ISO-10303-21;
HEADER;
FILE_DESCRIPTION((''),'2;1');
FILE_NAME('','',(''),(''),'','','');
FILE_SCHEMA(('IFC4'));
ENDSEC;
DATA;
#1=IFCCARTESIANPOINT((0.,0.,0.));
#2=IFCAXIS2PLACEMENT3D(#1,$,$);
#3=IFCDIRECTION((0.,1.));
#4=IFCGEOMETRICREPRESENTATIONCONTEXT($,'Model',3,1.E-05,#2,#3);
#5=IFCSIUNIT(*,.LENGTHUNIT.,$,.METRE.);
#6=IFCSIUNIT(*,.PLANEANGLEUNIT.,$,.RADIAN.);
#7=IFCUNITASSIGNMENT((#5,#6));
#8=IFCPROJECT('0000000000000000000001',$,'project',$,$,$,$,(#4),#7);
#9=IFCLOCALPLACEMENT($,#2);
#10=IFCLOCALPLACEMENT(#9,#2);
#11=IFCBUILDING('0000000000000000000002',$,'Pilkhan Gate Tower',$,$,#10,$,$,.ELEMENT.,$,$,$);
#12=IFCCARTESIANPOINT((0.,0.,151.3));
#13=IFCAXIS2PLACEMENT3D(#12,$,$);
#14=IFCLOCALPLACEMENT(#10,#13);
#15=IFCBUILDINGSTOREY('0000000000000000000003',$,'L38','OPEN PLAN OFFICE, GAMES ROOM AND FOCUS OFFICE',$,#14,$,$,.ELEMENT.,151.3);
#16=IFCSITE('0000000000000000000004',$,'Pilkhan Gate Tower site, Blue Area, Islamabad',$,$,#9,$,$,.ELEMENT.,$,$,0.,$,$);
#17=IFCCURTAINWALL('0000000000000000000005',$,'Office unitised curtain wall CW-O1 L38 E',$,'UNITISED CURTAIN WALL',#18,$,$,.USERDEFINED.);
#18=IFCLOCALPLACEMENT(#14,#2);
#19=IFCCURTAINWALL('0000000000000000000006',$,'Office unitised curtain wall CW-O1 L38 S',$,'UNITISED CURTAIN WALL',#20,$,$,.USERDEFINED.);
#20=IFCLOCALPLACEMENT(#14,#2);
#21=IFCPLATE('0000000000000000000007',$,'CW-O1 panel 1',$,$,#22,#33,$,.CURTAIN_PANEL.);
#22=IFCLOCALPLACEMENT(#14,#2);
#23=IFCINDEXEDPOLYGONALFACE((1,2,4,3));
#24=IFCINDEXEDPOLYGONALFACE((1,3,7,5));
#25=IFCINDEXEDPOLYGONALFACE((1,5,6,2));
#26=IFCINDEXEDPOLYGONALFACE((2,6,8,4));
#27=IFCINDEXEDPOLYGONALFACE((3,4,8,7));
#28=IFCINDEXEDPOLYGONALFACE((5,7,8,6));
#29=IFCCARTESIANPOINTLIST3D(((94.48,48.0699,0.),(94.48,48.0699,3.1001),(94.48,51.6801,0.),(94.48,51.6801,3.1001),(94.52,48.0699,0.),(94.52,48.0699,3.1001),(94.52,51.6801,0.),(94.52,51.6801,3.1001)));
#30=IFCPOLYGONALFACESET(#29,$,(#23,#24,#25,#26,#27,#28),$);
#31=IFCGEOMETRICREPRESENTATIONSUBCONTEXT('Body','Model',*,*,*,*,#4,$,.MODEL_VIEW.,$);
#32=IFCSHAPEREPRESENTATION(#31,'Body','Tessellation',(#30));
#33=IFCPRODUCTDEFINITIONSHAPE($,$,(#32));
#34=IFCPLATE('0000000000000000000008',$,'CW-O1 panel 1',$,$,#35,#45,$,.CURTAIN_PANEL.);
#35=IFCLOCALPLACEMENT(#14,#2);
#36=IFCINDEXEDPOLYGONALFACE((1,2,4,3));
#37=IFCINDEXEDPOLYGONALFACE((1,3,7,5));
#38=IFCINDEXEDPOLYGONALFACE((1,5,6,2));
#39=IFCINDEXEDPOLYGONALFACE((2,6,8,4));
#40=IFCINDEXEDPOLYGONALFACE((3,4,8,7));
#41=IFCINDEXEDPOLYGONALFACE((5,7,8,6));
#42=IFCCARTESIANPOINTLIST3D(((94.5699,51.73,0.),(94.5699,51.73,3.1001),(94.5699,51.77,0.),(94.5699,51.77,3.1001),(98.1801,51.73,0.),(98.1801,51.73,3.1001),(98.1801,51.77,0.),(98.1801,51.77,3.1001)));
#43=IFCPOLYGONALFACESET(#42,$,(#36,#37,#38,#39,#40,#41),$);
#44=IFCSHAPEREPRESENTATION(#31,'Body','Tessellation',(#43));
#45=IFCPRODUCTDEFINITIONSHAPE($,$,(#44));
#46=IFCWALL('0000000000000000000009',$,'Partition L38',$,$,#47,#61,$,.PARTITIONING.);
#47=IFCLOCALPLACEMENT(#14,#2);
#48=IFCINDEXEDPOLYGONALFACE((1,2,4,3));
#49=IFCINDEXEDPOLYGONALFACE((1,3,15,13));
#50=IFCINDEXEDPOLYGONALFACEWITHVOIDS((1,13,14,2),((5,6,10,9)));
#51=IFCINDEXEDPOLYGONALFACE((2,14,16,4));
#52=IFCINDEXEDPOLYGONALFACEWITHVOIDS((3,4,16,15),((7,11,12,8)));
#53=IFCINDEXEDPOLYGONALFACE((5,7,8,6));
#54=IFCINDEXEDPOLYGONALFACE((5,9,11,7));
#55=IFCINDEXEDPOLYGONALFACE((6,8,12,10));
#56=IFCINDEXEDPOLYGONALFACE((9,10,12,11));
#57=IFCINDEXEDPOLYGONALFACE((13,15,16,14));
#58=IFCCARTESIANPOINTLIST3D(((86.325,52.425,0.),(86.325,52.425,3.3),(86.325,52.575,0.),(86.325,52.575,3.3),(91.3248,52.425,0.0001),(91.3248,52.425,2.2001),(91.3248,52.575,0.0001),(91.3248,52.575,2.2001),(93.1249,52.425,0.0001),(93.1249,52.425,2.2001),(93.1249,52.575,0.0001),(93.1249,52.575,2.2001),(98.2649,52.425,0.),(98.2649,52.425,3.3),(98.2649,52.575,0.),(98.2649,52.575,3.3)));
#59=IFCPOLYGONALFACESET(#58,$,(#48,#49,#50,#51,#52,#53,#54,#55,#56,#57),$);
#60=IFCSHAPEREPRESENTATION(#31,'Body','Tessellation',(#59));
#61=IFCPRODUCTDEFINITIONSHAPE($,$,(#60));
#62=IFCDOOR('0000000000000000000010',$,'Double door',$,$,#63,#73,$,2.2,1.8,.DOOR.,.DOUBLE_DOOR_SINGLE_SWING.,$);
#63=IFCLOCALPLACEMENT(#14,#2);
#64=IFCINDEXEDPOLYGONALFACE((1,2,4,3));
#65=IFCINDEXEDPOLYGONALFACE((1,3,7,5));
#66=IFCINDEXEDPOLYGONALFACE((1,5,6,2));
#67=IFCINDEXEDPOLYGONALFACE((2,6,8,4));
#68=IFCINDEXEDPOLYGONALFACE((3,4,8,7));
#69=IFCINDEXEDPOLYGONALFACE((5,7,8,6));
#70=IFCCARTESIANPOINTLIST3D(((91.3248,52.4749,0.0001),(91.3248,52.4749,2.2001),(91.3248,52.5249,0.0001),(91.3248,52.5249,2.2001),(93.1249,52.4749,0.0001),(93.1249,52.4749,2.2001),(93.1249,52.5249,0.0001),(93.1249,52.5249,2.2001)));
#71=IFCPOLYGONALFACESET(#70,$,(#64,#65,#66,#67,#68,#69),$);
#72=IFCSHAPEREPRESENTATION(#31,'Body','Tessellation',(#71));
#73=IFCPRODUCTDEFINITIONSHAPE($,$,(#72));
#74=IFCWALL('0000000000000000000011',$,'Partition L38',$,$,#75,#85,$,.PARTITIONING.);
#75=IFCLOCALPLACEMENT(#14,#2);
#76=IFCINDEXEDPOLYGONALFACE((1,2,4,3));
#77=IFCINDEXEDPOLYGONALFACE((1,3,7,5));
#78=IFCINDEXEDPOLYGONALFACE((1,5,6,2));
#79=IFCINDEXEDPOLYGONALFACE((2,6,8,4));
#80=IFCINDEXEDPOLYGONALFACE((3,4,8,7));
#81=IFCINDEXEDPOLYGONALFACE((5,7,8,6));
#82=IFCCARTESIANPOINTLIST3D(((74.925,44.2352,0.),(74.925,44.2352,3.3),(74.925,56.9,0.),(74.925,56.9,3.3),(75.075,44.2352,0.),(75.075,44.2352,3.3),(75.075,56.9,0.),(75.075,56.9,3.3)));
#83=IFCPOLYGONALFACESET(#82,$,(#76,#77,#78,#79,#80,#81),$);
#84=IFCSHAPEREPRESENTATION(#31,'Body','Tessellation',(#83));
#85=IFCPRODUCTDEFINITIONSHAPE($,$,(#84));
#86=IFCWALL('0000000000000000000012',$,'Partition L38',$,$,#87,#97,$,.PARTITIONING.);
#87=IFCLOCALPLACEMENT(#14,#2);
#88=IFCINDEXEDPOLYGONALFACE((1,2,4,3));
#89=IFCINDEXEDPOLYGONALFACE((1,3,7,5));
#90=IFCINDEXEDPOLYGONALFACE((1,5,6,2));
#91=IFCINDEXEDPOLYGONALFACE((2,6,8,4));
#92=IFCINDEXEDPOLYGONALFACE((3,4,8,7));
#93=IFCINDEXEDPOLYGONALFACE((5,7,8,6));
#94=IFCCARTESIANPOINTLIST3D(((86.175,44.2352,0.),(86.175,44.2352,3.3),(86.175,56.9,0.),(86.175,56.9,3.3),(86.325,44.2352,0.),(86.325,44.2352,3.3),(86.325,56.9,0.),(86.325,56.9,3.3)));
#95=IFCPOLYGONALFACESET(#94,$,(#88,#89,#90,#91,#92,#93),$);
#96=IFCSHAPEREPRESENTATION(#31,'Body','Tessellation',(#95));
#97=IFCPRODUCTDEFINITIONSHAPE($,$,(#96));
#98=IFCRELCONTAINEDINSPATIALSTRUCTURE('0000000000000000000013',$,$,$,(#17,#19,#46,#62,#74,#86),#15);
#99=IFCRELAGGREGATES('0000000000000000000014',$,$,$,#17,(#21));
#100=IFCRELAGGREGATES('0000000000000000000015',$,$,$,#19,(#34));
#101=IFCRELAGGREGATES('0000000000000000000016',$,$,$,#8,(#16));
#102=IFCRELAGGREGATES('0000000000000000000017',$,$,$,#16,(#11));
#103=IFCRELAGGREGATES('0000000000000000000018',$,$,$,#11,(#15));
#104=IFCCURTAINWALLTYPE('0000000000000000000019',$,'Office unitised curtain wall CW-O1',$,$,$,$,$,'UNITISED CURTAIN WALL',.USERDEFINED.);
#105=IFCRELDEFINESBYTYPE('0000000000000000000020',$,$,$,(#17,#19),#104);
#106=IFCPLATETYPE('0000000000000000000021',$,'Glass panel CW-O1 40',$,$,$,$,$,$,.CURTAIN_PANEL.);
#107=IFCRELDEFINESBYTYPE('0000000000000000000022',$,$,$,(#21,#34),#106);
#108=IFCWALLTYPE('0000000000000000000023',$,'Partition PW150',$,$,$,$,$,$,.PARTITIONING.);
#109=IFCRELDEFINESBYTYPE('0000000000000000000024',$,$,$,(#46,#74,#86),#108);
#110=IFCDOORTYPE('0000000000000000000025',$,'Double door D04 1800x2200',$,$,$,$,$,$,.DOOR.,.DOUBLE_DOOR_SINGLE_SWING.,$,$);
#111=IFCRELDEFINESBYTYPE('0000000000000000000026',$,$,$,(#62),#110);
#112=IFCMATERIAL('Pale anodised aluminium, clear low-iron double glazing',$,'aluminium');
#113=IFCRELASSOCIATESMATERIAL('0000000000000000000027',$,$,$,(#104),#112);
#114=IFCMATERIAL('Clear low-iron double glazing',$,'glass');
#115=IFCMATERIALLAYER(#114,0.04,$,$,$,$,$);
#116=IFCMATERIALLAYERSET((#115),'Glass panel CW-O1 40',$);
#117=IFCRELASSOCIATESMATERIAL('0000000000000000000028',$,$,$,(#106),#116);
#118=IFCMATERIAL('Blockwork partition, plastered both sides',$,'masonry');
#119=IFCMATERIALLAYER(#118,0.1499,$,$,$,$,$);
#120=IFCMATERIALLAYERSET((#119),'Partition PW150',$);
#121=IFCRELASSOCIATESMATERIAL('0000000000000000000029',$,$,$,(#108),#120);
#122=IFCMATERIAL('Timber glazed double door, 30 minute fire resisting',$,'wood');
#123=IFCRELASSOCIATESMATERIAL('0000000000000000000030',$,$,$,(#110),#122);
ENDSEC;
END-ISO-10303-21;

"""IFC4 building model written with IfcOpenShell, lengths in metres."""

from ifc_helpers import new_model, si_unit, direction, frame, frame_2d, origin, origin_2d, place, context, subcontext, project, spatial, rectangle, extrude, material, layer, layer_set, type_object, element, fill, aggregate, save


model = new_model("IFC4")

# Units and contexts
model_context = context("Model", 3, precision=1e-05, world=origin(), true_north=direction((0.0, 1.0)))
body_context = subcontext(model_context, "Body", "Model", "MODEL_VIEW")
ifc_project = project(units=[si_unit("LENGTHUNIT", "METRE"), si_unit("PLANEANGLEUNIT", "RADIAN")], contexts=[model_context])

# Site, building, storey
site_placement = place(None, origin())
site = spatial("IfcSite", under=ifc_project, at=site_placement, Name="Pilkhan Gate Tower site, Blue Area, Islamabad", CompositionType="ELEMENT", RefElevation=0.0)
building_placement = place(site_placement, origin())
building = spatial("IfcBuilding", under=site, at=building_placement, Name="Pilkhan Gate Tower", CompositionType="ELEMENT")
storey_placement = place(building_placement, frame((0.0, 0.0, 151.3)))
storey = spatial("IfcBuildingStorey", under=building, at=storey_placement, Name="L38", Description="OPEN PLAN OFFICE, GAMES ROOM AND FOCUS OFFICE", CompositionType="ELEMENT", Elevation=151.3)

# Shared definitions
ifc_material_1 = material(Name="Pale anodised aluminium, clear low-iron double glazing", Category="aluminium")
curtain_wall_type = type_object("IfcCurtainWallType", Name="Office unitised curtain wall CW-O1", ElementType="UNITISED CURTAIN WALL", PredefinedType="USERDEFINED", material=ifc_material_1)

# Curtain walls
curtain_wall_1_placement = place(storey_placement, origin())
curtain_wall_1 = element("IfcCurtainWall", 1, at=curtain_wall_1_placement, inside=storey, type_object=curtain_wall_type, Name="Office unitised curtain wall CW-O1 L38 E", ObjectType="UNITISED CURTAIN WALL", PredefinedType="USERDEFINED")
curtain_wall_2_placement = place(storey_placement, origin())
curtain_wall_2 = element("IfcCurtainWall", 2, at=curtain_wall_2_placement, inside=storey, type_object=curtain_wall_type, Name="Office unitised curtain wall CW-O1 L38 S", ObjectType="UNITISED CURTAIN WALL", PredefinedType="USERDEFINED")

# Plates
ifc_material_2 = material(Name="Clear low-iron double glazing", Category="glass")
ifc_layer_1 = layer(ifc_material_2, 0.04)
ifc_layer_set_1 = layer_set([ifc_layer_1], Name="Glass panel CW-O1 40")
plate_type = type_object("IfcPlateType", Name="Glass panel CW-O1 40", PredefinedType="CURTAIN_PANEL", material=ifc_layer_set_1)
plate_1_placement = place(storey_placement, frame((94.5, 49.875, 0.0), z_axis=(0.0, 0.0, 1.0), x_axis=(0.0, 1.0, 0.0)))
plate_1 = element("IfcPlate", 3, at=plate_1_placement, type_object=plate_type, Name="CW-O1 panel 1", PredefinedType="CURTAIN_PANEL", context=body_context, shape_type="SweptSolid", body=[
    extrude(rectangle(XDim=3.6101, YDim=0.04, at=origin_2d()), origin(), (0.0, 0.0, 1.0), 3.1001),
])
aggregate(curtain_wall_1, [plate_1])
plate_2_placement = place(storey_placement, frame((96.375, 51.75, 0.0), z_axis=(0.0, 0.0, 1.0), x_axis=(1.0, 0.0, 0.0)))
plate_2 = element("IfcPlate", 4, at=plate_2_placement, type_object=plate_type, Name="CW-O1 panel 1", PredefinedType="CURTAIN_PANEL", context=body_context, shape_type="SweptSolid", body=[
    extrude(rectangle(XDim=3.6101, YDim=0.04, at=origin_2d()), origin(), (0.0, 0.0, 1.0), 3.1001),
])
aggregate(curtain_wall_2, [plate_2])

# Wall, opening, door
ifc_material_3 = material(Name="Blockwork partition, plastered both sides", Category="masonry")
ifc_layer_2 = layer(ifc_material_3, 0.1499)
ifc_layer_set_2 = layer_set([ifc_layer_2], Name="Partition PW150")
wall_type = type_object("IfcWallType", Name="Partition PW150", PredefinedType="PARTITIONING", material=ifc_layer_set_2)
wall_placement = place(storey_placement, frame((86.325, 52.5, 0.0), z_axis=(0.0, 0.0, 1.0), x_axis=(1.0, 0.0, 0.0)))
wall = element("IfcWall", 5, at=wall_placement, inside=storey, type_object=wall_type, Name="Partition L38", PredefinedType="PARTITIONING", context=body_context, shape_type="SweptSolid", body=[
    extrude(rectangle(XDim=11.9399, YDim=0.1499, at=frame_2d((5.97, 0.0))), origin(), (0.0, 0.0, 1.0), 3.3),
])
opening_placement = place(wall_placement, frame((5.0, 0.0, 0.0)))
opening = element("IfcOpeningElement", 6, at=opening_placement, cuts=wall, PredefinedType="OPENING", context=body_context, shape_type="SweptSolid", body=[
    extrude(rectangle(XDim=1.8, YDim=2.2, at=frame_2d((0.8999, 1.1001))), frame((0.0, 0.085, 0.0), z_axis=(0.0, -1.0, 0.0), x_axis=(1.0, 0.0, 0.0)), (0.0, 0.0, 1.0), 0.1699),
])
ifc_material_4 = material(Name="Timber glazed double door, 30 minute fire resisting", Category="wood")
door_type = type_object("IfcDoorType", Name="Double door D04 1800x2200", OperationType="DOUBLE_DOOR_SINGLE_SWING", PredefinedType="DOOR", material=ifc_material_4)
door_placement = place(opening_placement, origin())
door = element("IfcDoor", 7, at=door_placement, inside=storey, type_object=door_type, Name="Double door", OperationType="DOUBLE_DOOR_SINGLE_SWING", OverallHeight=2.2, OverallWidth=1.8, PredefinedType="DOOR", context=body_context, shape_type="SweptSolid", body=[
    extrude(rectangle(XDim=1.8, YDim=2.2, at=frame_2d((0.8999, 1.1001))), frame((0.0, 0.0249, 0.0), z_axis=(0.0, -1.0, 0.0), x_axis=(1.0, 0.0, 0.0)), (0.0, 0.0, 1.0), 0.05),
])
fill(opening, door)

# Walls
for number, where, z_axis, x_axis, name in (
    (8, (75.0, 44.2351, 0.0), (0.0, 0.0, 1.0), (0.0, 1.0, 0.0), "Partition L38"),
    (9, (86.25, 44.2351, 0.0), (0.0, 0.0, 1.0), (0.0, 1.0, 0.0), "Partition L38"),
):
    element("IfcWall", number, at=place(storey_placement, frame(where, z_axis=z_axis, x_axis=x_axis)), inside=storey, type_object=wall_type, Name=name, PredefinedType="PARTITIONING", context=body_context, shape_type="SweptSolid", body=[
        extrude(rectangle(XDim=12.6648, YDim=0.1499, at=frame_2d((6.3325, 0.0))), origin(), (0.0, 0.0, 1.0), 3.3),
    ])

save(model, "model.ifc")
